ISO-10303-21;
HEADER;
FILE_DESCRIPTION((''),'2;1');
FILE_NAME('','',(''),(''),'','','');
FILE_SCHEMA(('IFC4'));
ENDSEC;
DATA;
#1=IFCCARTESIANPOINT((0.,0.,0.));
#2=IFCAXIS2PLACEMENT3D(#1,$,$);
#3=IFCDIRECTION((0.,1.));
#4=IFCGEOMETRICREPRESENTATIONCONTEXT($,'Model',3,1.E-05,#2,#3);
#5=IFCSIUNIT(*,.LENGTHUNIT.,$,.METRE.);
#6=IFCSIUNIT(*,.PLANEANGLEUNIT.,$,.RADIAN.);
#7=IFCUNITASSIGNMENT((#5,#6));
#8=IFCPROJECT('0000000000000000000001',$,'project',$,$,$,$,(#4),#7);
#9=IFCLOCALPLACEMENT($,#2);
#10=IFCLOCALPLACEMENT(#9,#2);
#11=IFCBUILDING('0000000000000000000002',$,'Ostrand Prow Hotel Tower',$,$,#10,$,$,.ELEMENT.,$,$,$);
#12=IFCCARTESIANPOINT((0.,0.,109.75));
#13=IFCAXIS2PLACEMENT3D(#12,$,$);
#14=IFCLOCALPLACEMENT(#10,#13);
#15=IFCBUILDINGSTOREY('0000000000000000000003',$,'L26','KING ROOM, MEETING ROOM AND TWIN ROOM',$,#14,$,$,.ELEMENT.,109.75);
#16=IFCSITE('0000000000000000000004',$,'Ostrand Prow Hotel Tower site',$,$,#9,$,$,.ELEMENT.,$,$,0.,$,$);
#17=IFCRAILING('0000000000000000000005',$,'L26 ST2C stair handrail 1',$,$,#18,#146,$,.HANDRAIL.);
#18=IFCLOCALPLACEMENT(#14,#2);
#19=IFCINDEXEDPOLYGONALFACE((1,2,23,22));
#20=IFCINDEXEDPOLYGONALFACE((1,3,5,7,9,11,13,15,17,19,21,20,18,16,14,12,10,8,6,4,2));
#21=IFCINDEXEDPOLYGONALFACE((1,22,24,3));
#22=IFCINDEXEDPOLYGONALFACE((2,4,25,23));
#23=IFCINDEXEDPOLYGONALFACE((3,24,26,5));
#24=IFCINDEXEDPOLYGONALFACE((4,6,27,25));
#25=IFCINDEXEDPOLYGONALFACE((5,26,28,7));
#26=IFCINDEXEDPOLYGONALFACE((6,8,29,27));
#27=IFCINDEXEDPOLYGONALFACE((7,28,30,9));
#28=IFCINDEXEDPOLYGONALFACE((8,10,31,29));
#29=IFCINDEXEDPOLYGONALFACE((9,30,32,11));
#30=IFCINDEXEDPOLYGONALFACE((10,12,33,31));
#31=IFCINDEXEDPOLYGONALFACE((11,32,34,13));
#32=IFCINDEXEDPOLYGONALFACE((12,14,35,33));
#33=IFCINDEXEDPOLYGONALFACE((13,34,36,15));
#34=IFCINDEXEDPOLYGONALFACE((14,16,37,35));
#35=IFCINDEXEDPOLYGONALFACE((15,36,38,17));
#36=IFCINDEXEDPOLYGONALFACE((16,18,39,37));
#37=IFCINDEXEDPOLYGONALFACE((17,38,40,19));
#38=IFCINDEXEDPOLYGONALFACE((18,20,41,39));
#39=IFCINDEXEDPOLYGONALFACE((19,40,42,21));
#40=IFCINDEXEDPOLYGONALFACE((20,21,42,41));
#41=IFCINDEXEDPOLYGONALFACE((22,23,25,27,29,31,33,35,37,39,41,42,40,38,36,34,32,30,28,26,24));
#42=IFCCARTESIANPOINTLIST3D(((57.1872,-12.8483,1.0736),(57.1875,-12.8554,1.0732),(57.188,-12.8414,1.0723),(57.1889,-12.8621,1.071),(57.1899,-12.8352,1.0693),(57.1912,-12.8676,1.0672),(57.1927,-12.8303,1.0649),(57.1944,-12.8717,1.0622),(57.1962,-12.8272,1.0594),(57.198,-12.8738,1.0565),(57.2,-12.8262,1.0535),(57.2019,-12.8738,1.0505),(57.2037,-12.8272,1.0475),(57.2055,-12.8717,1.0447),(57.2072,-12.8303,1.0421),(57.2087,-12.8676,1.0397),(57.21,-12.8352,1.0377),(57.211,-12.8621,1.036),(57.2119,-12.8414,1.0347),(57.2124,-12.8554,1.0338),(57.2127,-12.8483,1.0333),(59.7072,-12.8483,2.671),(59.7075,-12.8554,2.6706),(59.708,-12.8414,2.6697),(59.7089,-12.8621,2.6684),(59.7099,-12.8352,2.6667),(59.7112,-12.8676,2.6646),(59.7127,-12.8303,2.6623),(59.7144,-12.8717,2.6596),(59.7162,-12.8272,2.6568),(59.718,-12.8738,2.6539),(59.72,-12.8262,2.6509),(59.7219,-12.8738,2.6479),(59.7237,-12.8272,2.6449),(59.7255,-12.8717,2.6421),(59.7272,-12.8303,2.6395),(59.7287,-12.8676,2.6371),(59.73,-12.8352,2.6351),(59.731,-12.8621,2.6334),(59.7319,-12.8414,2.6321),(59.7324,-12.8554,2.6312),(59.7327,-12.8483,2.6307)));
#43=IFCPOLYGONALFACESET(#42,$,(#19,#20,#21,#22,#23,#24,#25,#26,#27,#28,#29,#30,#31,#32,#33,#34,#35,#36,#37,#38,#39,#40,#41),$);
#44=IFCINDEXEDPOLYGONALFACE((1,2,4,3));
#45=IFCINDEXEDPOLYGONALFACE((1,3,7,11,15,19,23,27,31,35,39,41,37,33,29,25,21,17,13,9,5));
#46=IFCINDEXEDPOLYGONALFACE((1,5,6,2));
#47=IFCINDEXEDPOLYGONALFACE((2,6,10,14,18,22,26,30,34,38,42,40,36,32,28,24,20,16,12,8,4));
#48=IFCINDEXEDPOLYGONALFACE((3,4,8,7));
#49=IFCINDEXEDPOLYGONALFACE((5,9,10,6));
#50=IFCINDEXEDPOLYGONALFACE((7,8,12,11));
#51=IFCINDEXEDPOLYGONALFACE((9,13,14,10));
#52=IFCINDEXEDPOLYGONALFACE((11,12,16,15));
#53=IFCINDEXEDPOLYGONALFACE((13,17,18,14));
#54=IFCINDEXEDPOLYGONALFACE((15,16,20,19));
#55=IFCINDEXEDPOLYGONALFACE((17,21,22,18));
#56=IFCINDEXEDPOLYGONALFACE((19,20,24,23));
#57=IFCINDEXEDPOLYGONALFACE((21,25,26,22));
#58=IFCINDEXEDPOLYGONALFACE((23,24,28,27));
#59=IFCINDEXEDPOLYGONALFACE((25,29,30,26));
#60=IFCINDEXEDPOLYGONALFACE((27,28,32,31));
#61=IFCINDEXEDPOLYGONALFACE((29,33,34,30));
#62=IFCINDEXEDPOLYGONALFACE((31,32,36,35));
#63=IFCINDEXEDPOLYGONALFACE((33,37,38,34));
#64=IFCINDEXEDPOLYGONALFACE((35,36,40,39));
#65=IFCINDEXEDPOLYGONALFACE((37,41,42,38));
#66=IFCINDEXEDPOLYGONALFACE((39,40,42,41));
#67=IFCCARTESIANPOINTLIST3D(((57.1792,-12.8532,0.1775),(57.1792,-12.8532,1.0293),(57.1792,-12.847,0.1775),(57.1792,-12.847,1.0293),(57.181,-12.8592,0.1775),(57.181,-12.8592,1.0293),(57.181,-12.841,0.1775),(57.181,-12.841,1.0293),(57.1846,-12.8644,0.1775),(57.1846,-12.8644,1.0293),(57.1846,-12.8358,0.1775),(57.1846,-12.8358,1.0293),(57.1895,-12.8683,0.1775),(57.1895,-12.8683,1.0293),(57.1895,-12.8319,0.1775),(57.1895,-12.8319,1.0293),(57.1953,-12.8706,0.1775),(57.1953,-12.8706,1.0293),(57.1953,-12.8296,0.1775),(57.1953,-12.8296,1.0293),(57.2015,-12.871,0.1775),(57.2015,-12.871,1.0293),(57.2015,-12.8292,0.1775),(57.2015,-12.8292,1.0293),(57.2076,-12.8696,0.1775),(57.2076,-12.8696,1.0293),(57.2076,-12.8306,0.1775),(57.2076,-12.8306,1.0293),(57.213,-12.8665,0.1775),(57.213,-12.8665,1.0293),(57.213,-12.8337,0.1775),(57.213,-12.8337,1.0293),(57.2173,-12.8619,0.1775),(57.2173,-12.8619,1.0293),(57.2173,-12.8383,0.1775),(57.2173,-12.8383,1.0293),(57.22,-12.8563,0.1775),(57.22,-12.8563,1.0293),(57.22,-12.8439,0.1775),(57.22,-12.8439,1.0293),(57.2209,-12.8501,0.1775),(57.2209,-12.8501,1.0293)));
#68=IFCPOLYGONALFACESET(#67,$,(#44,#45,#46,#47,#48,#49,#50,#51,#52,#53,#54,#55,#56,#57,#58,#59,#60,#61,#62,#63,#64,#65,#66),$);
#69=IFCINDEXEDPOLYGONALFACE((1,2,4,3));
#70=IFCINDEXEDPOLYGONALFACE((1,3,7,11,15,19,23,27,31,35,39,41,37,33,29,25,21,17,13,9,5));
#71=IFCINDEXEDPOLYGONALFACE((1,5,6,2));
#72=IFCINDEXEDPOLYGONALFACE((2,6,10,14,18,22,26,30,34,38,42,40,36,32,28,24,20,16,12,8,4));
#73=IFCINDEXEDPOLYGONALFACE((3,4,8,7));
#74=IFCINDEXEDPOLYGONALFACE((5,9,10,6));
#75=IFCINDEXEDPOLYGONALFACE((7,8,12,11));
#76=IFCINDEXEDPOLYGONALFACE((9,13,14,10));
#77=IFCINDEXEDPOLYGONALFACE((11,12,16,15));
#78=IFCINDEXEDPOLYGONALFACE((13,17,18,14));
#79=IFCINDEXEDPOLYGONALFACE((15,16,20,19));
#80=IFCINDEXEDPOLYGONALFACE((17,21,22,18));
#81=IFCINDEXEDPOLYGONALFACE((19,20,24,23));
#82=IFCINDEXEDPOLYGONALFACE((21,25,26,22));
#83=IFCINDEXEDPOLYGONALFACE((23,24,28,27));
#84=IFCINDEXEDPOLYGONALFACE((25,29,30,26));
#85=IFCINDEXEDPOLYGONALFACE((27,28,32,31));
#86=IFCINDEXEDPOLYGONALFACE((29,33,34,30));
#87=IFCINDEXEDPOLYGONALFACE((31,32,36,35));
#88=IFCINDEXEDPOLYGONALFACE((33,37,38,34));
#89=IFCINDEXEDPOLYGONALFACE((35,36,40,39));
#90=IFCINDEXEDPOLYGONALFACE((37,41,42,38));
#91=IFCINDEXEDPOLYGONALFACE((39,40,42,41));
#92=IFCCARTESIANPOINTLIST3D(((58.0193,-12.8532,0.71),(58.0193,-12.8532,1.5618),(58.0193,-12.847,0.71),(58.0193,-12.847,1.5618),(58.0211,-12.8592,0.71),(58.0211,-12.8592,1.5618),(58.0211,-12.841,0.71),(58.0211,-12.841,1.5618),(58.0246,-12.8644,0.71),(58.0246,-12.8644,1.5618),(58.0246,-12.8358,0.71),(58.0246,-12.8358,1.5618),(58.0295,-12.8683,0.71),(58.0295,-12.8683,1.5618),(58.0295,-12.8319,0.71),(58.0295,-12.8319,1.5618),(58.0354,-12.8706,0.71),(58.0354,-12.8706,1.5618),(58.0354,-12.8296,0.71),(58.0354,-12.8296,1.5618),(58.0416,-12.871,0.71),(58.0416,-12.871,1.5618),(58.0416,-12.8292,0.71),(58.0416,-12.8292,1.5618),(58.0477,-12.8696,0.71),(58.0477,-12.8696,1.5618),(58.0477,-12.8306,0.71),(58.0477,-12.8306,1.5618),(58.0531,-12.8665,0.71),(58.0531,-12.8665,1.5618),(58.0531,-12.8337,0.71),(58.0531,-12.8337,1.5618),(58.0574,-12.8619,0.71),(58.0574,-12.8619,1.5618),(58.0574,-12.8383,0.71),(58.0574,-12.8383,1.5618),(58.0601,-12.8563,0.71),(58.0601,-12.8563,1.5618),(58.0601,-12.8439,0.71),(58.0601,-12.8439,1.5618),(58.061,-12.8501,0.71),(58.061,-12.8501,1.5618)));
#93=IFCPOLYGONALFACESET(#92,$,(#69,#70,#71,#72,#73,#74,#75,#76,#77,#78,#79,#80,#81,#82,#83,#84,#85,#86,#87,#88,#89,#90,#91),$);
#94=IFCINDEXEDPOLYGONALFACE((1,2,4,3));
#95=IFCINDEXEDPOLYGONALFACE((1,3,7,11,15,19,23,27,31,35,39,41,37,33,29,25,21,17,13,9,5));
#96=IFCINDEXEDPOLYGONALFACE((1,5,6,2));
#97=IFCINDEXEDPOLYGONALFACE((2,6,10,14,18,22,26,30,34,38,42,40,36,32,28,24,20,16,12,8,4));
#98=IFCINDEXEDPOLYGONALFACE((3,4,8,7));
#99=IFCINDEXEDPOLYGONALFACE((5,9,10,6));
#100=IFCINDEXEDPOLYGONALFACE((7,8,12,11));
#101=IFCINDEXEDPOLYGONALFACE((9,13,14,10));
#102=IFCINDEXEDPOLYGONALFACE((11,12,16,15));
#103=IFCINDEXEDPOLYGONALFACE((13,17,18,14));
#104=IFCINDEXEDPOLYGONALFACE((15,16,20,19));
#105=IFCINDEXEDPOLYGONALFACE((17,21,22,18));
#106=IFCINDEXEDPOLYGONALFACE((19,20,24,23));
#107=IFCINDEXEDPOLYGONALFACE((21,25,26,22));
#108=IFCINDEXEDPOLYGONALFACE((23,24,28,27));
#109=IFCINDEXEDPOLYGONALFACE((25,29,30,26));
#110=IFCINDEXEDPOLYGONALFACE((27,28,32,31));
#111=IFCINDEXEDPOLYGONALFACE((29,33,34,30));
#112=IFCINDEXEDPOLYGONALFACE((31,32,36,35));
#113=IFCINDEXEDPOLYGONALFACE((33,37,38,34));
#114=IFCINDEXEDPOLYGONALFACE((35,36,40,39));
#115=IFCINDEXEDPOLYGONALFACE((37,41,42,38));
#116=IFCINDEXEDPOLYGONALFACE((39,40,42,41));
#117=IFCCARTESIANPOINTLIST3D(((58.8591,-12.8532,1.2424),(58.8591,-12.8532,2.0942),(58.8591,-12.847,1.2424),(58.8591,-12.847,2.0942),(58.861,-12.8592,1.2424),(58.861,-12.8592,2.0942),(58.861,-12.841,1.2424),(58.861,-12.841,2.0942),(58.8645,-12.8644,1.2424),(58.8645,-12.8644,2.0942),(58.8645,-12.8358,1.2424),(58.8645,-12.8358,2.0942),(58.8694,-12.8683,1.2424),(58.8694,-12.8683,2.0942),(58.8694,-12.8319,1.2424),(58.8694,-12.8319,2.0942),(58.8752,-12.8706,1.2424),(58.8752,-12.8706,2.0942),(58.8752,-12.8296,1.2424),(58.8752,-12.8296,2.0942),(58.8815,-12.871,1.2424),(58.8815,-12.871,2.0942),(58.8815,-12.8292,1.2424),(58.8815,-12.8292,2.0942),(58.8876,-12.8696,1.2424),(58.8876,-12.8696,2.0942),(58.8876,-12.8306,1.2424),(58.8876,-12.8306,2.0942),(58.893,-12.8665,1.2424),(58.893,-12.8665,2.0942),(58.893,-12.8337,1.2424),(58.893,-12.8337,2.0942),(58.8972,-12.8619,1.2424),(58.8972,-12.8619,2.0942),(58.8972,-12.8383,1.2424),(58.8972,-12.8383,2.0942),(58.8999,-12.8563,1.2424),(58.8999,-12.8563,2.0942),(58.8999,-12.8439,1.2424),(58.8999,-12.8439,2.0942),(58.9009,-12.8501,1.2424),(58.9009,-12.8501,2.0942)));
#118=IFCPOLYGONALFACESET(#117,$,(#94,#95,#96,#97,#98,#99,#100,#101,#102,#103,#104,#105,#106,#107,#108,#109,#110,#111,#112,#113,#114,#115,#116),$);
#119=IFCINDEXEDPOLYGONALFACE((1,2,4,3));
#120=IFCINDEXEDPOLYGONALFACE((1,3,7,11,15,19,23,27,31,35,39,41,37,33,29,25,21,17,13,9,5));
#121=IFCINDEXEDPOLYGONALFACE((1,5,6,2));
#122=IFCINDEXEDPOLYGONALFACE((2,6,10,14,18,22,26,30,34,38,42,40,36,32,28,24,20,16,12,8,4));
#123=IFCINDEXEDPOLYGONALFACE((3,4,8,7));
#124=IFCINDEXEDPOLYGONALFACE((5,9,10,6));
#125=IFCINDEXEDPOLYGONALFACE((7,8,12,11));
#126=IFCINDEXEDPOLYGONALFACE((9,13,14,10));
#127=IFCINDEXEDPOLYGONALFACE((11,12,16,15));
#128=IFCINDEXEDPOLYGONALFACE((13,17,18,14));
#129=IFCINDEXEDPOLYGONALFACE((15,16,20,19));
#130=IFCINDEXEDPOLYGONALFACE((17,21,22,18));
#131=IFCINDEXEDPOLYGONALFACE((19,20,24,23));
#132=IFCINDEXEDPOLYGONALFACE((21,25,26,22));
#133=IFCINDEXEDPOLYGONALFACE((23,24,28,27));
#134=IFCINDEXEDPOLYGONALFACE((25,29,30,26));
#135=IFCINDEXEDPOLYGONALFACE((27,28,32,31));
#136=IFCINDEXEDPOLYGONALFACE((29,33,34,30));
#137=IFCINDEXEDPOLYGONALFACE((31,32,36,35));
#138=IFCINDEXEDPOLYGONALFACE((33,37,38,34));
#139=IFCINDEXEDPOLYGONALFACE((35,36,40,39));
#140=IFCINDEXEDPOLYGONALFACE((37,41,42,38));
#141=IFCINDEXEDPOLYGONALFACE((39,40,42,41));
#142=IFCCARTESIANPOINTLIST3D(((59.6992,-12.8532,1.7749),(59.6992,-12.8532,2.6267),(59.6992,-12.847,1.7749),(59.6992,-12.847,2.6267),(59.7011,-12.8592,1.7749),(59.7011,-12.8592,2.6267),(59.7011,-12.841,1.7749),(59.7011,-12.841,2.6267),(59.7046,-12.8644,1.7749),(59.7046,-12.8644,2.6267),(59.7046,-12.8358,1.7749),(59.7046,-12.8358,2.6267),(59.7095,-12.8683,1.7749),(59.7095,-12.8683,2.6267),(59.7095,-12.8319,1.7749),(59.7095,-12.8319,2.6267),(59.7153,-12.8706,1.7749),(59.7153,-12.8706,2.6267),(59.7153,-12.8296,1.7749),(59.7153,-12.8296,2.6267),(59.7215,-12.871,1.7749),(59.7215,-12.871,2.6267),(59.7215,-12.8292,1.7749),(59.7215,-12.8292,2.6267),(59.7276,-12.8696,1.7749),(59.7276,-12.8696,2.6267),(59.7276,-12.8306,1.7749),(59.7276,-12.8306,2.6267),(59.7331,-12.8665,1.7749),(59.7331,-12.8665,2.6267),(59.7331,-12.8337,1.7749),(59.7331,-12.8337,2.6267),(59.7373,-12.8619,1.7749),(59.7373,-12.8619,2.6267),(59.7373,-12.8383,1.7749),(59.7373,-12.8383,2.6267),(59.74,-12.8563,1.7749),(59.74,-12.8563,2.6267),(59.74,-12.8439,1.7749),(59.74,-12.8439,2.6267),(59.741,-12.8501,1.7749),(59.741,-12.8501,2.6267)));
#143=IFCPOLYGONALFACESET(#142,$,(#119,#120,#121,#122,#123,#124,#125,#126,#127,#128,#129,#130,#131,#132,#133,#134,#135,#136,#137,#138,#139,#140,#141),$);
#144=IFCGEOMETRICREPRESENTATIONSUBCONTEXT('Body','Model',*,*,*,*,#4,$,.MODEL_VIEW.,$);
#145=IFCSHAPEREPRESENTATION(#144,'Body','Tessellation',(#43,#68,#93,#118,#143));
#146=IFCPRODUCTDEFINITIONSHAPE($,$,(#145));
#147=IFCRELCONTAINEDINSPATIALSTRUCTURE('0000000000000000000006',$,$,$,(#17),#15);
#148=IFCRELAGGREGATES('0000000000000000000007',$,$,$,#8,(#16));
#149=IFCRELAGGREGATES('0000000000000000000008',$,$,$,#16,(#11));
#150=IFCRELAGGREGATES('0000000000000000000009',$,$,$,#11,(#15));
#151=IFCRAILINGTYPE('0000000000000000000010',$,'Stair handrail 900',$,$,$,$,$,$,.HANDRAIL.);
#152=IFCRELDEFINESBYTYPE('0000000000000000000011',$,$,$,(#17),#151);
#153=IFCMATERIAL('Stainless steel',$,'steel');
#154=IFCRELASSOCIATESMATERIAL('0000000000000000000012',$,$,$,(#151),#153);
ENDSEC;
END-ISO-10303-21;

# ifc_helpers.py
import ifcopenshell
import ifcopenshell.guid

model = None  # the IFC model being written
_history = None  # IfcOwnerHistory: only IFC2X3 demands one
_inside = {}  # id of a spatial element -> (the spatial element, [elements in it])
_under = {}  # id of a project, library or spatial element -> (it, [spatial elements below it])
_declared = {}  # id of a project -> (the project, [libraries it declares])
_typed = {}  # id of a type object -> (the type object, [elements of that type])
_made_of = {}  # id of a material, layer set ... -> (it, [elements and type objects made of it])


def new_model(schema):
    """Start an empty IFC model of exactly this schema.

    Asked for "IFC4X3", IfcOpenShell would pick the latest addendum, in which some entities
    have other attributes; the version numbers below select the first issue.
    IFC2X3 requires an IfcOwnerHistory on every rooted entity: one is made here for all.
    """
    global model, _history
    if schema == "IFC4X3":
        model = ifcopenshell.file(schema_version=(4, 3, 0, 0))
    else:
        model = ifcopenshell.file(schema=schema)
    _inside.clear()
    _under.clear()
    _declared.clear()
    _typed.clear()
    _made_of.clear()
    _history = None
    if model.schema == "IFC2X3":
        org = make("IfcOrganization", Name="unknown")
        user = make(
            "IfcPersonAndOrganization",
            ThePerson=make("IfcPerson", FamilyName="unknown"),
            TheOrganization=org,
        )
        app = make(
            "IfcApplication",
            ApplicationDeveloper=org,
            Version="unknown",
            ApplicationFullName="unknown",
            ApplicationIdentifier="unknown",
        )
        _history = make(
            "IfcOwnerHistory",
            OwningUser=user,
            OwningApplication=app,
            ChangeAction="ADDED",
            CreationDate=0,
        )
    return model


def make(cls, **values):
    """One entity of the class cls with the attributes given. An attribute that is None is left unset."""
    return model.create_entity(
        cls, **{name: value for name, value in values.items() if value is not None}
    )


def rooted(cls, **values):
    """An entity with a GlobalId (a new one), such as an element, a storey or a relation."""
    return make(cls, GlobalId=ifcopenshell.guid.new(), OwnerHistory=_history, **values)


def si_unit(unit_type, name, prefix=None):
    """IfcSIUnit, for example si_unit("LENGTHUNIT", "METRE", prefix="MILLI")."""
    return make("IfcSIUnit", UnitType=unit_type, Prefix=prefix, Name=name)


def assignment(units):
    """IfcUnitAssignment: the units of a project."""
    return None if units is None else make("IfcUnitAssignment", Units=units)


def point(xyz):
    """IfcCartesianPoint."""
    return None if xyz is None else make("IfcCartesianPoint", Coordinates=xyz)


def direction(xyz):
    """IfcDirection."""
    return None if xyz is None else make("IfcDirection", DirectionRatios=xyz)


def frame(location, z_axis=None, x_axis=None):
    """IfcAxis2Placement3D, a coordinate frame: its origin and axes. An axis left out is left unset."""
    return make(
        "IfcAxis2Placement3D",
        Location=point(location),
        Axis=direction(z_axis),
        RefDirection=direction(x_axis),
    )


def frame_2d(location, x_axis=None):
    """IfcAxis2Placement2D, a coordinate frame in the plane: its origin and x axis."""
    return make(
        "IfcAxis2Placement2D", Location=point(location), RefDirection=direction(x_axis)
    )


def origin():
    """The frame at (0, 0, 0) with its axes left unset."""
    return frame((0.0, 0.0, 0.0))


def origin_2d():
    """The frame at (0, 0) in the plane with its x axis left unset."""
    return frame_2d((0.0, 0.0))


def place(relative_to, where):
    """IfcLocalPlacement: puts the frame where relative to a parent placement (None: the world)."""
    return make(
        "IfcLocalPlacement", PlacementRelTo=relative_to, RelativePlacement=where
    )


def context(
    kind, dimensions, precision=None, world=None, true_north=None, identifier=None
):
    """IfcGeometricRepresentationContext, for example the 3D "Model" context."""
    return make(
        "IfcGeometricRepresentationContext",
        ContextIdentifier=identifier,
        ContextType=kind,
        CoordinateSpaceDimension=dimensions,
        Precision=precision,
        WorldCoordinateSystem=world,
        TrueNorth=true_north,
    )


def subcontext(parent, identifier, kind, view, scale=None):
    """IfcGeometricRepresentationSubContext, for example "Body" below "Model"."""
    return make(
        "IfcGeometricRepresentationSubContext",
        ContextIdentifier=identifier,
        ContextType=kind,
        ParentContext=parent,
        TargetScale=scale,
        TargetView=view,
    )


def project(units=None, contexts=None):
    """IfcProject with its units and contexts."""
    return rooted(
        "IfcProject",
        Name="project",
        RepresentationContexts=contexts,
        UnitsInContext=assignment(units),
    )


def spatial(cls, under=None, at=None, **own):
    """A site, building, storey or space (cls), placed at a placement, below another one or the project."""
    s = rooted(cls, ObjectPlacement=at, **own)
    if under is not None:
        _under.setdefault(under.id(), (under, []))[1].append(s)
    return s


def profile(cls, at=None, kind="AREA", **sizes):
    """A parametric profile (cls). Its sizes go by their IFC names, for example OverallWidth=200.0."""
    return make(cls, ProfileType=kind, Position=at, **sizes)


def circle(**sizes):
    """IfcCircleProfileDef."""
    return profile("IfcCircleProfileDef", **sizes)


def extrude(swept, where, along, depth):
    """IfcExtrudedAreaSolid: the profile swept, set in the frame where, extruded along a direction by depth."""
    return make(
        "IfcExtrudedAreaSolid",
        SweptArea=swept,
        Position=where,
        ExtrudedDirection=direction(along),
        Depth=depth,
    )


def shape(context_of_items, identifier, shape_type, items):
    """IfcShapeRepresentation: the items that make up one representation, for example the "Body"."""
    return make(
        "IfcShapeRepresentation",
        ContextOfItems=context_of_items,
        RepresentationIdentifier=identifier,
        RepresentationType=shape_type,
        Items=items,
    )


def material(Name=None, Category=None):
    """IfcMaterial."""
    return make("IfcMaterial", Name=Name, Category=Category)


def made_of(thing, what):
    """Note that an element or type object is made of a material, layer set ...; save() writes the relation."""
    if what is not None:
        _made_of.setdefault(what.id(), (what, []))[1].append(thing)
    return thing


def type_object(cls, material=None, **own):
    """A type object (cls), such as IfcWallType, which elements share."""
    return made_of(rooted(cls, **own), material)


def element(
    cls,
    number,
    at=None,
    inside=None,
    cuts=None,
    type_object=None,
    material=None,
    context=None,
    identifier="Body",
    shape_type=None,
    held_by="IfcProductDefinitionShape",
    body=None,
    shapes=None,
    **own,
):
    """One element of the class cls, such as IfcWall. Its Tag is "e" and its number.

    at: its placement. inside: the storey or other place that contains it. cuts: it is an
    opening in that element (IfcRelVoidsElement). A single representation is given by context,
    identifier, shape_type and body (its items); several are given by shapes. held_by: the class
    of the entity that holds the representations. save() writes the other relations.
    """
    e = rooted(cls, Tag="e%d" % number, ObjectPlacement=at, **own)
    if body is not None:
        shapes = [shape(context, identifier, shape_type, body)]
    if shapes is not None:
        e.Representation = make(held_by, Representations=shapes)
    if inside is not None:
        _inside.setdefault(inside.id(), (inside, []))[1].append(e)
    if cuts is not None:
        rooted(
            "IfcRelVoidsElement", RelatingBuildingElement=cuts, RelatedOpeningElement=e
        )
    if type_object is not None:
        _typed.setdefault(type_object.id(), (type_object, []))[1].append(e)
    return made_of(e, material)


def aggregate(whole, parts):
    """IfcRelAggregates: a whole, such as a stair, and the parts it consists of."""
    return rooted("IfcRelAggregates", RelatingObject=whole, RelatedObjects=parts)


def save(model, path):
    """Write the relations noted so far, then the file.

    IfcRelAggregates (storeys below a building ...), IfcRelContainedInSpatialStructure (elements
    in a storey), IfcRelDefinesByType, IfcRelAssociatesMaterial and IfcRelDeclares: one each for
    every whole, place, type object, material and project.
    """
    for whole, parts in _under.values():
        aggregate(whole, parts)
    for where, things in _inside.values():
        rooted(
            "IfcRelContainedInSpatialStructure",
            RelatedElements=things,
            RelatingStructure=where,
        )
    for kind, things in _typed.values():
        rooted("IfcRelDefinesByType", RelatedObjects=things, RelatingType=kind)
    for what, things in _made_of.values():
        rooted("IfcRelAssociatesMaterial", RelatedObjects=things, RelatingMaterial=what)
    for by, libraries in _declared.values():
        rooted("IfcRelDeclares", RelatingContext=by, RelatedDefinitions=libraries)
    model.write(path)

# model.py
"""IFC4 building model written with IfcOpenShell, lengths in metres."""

from ifc_helpers import new_model, si_unit, direction, frame, origin, origin_2d, place, context, subcontext, project, spatial, circle, extrude, material, type_object, element, save


model = new_model("IFC4")

# Units and contexts
model_context = context("Model", 3, precision=1e-05, world=origin(), true_north=direction((0.0, 1.0)))
body_context = subcontext(model_context, "Body", "Model", "MODEL_VIEW")
ifc_project = project(units=[si_unit("LENGTHUNIT", "METRE"), si_unit("PLANEANGLEUNIT", "RADIAN")], contexts=[model_context])

# Site, building, storey
site_placement = place(None, origin())
site = spatial("IfcSite", under=ifc_project, at=site_placement, Name="Ostrand Prow Hotel Tower site", CompositionType="ELEMENT", RefElevation=0.0)
building_placement = place(site_placement, origin())
building = spatial("IfcBuilding", under=site, at=building_placement, Name="Ostrand Prow Hotel Tower", CompositionType="ELEMENT")
storey_placement = place(building_placement, frame((0.0, 0.0, 109.75)))
storey = spatial("IfcBuildingStorey", under=building, at=storey_placement, Name="L26", Description="KING ROOM, MEETING ROOM AND TWIN ROOM", CompositionType="ELEMENT", Elevation=109.75)

# Railing
ifc_material_1 = material(Name="Stainless steel", Category="steel")
railing_type_1 = type_object("IfcRailingType", Name="Stair handrail 900", PredefinedType="HANDRAIL", material=ifc_material_1)
railing_1_placement = place(storey_placement, frame((57.2, -12.8501, 0.1775)))
element("IfcRailing", 1, at=railing_1_placement, inside=storey, type_object=railing_type_1, Name="L26 ST2C stair handrail 1", PredefinedType="HANDRAIL", context=body_context, shape_type="SweptSolid", body=[
    extrude(circle(Radius=0.0239, at=origin_2d()), frame((0.0, 0.0, 0.876), z_axis=(0.844607, 0.0, 0.535387), x_axis=(0.0, 1.0, 0.0)), (0.0, 0.0, 1.0), 2.9836),
    extrude(circle(Radius=0.021, at=origin_2d()), origin(), (0.0, 0.0, 1.0), 0.8518),
    extrude(circle(Radius=0.021, at=origin_2d()), frame((0.8401, 0.0, 0.5325)), (0.0, 0.0, 1.0), 0.8518),
    extrude(circle(Radius=0.021, at=origin_2d()), frame((1.6799, 0.0, 1.0649)), (0.0, 0.0, 1.0), 0.8518),
    extrude(circle(Radius=0.021, at=origin_2d()), frame((2.52, 0.0, 1.5974)), (0.0, 0.0, 1.0), 0.8518),
])

save(model, "model.ifc")
